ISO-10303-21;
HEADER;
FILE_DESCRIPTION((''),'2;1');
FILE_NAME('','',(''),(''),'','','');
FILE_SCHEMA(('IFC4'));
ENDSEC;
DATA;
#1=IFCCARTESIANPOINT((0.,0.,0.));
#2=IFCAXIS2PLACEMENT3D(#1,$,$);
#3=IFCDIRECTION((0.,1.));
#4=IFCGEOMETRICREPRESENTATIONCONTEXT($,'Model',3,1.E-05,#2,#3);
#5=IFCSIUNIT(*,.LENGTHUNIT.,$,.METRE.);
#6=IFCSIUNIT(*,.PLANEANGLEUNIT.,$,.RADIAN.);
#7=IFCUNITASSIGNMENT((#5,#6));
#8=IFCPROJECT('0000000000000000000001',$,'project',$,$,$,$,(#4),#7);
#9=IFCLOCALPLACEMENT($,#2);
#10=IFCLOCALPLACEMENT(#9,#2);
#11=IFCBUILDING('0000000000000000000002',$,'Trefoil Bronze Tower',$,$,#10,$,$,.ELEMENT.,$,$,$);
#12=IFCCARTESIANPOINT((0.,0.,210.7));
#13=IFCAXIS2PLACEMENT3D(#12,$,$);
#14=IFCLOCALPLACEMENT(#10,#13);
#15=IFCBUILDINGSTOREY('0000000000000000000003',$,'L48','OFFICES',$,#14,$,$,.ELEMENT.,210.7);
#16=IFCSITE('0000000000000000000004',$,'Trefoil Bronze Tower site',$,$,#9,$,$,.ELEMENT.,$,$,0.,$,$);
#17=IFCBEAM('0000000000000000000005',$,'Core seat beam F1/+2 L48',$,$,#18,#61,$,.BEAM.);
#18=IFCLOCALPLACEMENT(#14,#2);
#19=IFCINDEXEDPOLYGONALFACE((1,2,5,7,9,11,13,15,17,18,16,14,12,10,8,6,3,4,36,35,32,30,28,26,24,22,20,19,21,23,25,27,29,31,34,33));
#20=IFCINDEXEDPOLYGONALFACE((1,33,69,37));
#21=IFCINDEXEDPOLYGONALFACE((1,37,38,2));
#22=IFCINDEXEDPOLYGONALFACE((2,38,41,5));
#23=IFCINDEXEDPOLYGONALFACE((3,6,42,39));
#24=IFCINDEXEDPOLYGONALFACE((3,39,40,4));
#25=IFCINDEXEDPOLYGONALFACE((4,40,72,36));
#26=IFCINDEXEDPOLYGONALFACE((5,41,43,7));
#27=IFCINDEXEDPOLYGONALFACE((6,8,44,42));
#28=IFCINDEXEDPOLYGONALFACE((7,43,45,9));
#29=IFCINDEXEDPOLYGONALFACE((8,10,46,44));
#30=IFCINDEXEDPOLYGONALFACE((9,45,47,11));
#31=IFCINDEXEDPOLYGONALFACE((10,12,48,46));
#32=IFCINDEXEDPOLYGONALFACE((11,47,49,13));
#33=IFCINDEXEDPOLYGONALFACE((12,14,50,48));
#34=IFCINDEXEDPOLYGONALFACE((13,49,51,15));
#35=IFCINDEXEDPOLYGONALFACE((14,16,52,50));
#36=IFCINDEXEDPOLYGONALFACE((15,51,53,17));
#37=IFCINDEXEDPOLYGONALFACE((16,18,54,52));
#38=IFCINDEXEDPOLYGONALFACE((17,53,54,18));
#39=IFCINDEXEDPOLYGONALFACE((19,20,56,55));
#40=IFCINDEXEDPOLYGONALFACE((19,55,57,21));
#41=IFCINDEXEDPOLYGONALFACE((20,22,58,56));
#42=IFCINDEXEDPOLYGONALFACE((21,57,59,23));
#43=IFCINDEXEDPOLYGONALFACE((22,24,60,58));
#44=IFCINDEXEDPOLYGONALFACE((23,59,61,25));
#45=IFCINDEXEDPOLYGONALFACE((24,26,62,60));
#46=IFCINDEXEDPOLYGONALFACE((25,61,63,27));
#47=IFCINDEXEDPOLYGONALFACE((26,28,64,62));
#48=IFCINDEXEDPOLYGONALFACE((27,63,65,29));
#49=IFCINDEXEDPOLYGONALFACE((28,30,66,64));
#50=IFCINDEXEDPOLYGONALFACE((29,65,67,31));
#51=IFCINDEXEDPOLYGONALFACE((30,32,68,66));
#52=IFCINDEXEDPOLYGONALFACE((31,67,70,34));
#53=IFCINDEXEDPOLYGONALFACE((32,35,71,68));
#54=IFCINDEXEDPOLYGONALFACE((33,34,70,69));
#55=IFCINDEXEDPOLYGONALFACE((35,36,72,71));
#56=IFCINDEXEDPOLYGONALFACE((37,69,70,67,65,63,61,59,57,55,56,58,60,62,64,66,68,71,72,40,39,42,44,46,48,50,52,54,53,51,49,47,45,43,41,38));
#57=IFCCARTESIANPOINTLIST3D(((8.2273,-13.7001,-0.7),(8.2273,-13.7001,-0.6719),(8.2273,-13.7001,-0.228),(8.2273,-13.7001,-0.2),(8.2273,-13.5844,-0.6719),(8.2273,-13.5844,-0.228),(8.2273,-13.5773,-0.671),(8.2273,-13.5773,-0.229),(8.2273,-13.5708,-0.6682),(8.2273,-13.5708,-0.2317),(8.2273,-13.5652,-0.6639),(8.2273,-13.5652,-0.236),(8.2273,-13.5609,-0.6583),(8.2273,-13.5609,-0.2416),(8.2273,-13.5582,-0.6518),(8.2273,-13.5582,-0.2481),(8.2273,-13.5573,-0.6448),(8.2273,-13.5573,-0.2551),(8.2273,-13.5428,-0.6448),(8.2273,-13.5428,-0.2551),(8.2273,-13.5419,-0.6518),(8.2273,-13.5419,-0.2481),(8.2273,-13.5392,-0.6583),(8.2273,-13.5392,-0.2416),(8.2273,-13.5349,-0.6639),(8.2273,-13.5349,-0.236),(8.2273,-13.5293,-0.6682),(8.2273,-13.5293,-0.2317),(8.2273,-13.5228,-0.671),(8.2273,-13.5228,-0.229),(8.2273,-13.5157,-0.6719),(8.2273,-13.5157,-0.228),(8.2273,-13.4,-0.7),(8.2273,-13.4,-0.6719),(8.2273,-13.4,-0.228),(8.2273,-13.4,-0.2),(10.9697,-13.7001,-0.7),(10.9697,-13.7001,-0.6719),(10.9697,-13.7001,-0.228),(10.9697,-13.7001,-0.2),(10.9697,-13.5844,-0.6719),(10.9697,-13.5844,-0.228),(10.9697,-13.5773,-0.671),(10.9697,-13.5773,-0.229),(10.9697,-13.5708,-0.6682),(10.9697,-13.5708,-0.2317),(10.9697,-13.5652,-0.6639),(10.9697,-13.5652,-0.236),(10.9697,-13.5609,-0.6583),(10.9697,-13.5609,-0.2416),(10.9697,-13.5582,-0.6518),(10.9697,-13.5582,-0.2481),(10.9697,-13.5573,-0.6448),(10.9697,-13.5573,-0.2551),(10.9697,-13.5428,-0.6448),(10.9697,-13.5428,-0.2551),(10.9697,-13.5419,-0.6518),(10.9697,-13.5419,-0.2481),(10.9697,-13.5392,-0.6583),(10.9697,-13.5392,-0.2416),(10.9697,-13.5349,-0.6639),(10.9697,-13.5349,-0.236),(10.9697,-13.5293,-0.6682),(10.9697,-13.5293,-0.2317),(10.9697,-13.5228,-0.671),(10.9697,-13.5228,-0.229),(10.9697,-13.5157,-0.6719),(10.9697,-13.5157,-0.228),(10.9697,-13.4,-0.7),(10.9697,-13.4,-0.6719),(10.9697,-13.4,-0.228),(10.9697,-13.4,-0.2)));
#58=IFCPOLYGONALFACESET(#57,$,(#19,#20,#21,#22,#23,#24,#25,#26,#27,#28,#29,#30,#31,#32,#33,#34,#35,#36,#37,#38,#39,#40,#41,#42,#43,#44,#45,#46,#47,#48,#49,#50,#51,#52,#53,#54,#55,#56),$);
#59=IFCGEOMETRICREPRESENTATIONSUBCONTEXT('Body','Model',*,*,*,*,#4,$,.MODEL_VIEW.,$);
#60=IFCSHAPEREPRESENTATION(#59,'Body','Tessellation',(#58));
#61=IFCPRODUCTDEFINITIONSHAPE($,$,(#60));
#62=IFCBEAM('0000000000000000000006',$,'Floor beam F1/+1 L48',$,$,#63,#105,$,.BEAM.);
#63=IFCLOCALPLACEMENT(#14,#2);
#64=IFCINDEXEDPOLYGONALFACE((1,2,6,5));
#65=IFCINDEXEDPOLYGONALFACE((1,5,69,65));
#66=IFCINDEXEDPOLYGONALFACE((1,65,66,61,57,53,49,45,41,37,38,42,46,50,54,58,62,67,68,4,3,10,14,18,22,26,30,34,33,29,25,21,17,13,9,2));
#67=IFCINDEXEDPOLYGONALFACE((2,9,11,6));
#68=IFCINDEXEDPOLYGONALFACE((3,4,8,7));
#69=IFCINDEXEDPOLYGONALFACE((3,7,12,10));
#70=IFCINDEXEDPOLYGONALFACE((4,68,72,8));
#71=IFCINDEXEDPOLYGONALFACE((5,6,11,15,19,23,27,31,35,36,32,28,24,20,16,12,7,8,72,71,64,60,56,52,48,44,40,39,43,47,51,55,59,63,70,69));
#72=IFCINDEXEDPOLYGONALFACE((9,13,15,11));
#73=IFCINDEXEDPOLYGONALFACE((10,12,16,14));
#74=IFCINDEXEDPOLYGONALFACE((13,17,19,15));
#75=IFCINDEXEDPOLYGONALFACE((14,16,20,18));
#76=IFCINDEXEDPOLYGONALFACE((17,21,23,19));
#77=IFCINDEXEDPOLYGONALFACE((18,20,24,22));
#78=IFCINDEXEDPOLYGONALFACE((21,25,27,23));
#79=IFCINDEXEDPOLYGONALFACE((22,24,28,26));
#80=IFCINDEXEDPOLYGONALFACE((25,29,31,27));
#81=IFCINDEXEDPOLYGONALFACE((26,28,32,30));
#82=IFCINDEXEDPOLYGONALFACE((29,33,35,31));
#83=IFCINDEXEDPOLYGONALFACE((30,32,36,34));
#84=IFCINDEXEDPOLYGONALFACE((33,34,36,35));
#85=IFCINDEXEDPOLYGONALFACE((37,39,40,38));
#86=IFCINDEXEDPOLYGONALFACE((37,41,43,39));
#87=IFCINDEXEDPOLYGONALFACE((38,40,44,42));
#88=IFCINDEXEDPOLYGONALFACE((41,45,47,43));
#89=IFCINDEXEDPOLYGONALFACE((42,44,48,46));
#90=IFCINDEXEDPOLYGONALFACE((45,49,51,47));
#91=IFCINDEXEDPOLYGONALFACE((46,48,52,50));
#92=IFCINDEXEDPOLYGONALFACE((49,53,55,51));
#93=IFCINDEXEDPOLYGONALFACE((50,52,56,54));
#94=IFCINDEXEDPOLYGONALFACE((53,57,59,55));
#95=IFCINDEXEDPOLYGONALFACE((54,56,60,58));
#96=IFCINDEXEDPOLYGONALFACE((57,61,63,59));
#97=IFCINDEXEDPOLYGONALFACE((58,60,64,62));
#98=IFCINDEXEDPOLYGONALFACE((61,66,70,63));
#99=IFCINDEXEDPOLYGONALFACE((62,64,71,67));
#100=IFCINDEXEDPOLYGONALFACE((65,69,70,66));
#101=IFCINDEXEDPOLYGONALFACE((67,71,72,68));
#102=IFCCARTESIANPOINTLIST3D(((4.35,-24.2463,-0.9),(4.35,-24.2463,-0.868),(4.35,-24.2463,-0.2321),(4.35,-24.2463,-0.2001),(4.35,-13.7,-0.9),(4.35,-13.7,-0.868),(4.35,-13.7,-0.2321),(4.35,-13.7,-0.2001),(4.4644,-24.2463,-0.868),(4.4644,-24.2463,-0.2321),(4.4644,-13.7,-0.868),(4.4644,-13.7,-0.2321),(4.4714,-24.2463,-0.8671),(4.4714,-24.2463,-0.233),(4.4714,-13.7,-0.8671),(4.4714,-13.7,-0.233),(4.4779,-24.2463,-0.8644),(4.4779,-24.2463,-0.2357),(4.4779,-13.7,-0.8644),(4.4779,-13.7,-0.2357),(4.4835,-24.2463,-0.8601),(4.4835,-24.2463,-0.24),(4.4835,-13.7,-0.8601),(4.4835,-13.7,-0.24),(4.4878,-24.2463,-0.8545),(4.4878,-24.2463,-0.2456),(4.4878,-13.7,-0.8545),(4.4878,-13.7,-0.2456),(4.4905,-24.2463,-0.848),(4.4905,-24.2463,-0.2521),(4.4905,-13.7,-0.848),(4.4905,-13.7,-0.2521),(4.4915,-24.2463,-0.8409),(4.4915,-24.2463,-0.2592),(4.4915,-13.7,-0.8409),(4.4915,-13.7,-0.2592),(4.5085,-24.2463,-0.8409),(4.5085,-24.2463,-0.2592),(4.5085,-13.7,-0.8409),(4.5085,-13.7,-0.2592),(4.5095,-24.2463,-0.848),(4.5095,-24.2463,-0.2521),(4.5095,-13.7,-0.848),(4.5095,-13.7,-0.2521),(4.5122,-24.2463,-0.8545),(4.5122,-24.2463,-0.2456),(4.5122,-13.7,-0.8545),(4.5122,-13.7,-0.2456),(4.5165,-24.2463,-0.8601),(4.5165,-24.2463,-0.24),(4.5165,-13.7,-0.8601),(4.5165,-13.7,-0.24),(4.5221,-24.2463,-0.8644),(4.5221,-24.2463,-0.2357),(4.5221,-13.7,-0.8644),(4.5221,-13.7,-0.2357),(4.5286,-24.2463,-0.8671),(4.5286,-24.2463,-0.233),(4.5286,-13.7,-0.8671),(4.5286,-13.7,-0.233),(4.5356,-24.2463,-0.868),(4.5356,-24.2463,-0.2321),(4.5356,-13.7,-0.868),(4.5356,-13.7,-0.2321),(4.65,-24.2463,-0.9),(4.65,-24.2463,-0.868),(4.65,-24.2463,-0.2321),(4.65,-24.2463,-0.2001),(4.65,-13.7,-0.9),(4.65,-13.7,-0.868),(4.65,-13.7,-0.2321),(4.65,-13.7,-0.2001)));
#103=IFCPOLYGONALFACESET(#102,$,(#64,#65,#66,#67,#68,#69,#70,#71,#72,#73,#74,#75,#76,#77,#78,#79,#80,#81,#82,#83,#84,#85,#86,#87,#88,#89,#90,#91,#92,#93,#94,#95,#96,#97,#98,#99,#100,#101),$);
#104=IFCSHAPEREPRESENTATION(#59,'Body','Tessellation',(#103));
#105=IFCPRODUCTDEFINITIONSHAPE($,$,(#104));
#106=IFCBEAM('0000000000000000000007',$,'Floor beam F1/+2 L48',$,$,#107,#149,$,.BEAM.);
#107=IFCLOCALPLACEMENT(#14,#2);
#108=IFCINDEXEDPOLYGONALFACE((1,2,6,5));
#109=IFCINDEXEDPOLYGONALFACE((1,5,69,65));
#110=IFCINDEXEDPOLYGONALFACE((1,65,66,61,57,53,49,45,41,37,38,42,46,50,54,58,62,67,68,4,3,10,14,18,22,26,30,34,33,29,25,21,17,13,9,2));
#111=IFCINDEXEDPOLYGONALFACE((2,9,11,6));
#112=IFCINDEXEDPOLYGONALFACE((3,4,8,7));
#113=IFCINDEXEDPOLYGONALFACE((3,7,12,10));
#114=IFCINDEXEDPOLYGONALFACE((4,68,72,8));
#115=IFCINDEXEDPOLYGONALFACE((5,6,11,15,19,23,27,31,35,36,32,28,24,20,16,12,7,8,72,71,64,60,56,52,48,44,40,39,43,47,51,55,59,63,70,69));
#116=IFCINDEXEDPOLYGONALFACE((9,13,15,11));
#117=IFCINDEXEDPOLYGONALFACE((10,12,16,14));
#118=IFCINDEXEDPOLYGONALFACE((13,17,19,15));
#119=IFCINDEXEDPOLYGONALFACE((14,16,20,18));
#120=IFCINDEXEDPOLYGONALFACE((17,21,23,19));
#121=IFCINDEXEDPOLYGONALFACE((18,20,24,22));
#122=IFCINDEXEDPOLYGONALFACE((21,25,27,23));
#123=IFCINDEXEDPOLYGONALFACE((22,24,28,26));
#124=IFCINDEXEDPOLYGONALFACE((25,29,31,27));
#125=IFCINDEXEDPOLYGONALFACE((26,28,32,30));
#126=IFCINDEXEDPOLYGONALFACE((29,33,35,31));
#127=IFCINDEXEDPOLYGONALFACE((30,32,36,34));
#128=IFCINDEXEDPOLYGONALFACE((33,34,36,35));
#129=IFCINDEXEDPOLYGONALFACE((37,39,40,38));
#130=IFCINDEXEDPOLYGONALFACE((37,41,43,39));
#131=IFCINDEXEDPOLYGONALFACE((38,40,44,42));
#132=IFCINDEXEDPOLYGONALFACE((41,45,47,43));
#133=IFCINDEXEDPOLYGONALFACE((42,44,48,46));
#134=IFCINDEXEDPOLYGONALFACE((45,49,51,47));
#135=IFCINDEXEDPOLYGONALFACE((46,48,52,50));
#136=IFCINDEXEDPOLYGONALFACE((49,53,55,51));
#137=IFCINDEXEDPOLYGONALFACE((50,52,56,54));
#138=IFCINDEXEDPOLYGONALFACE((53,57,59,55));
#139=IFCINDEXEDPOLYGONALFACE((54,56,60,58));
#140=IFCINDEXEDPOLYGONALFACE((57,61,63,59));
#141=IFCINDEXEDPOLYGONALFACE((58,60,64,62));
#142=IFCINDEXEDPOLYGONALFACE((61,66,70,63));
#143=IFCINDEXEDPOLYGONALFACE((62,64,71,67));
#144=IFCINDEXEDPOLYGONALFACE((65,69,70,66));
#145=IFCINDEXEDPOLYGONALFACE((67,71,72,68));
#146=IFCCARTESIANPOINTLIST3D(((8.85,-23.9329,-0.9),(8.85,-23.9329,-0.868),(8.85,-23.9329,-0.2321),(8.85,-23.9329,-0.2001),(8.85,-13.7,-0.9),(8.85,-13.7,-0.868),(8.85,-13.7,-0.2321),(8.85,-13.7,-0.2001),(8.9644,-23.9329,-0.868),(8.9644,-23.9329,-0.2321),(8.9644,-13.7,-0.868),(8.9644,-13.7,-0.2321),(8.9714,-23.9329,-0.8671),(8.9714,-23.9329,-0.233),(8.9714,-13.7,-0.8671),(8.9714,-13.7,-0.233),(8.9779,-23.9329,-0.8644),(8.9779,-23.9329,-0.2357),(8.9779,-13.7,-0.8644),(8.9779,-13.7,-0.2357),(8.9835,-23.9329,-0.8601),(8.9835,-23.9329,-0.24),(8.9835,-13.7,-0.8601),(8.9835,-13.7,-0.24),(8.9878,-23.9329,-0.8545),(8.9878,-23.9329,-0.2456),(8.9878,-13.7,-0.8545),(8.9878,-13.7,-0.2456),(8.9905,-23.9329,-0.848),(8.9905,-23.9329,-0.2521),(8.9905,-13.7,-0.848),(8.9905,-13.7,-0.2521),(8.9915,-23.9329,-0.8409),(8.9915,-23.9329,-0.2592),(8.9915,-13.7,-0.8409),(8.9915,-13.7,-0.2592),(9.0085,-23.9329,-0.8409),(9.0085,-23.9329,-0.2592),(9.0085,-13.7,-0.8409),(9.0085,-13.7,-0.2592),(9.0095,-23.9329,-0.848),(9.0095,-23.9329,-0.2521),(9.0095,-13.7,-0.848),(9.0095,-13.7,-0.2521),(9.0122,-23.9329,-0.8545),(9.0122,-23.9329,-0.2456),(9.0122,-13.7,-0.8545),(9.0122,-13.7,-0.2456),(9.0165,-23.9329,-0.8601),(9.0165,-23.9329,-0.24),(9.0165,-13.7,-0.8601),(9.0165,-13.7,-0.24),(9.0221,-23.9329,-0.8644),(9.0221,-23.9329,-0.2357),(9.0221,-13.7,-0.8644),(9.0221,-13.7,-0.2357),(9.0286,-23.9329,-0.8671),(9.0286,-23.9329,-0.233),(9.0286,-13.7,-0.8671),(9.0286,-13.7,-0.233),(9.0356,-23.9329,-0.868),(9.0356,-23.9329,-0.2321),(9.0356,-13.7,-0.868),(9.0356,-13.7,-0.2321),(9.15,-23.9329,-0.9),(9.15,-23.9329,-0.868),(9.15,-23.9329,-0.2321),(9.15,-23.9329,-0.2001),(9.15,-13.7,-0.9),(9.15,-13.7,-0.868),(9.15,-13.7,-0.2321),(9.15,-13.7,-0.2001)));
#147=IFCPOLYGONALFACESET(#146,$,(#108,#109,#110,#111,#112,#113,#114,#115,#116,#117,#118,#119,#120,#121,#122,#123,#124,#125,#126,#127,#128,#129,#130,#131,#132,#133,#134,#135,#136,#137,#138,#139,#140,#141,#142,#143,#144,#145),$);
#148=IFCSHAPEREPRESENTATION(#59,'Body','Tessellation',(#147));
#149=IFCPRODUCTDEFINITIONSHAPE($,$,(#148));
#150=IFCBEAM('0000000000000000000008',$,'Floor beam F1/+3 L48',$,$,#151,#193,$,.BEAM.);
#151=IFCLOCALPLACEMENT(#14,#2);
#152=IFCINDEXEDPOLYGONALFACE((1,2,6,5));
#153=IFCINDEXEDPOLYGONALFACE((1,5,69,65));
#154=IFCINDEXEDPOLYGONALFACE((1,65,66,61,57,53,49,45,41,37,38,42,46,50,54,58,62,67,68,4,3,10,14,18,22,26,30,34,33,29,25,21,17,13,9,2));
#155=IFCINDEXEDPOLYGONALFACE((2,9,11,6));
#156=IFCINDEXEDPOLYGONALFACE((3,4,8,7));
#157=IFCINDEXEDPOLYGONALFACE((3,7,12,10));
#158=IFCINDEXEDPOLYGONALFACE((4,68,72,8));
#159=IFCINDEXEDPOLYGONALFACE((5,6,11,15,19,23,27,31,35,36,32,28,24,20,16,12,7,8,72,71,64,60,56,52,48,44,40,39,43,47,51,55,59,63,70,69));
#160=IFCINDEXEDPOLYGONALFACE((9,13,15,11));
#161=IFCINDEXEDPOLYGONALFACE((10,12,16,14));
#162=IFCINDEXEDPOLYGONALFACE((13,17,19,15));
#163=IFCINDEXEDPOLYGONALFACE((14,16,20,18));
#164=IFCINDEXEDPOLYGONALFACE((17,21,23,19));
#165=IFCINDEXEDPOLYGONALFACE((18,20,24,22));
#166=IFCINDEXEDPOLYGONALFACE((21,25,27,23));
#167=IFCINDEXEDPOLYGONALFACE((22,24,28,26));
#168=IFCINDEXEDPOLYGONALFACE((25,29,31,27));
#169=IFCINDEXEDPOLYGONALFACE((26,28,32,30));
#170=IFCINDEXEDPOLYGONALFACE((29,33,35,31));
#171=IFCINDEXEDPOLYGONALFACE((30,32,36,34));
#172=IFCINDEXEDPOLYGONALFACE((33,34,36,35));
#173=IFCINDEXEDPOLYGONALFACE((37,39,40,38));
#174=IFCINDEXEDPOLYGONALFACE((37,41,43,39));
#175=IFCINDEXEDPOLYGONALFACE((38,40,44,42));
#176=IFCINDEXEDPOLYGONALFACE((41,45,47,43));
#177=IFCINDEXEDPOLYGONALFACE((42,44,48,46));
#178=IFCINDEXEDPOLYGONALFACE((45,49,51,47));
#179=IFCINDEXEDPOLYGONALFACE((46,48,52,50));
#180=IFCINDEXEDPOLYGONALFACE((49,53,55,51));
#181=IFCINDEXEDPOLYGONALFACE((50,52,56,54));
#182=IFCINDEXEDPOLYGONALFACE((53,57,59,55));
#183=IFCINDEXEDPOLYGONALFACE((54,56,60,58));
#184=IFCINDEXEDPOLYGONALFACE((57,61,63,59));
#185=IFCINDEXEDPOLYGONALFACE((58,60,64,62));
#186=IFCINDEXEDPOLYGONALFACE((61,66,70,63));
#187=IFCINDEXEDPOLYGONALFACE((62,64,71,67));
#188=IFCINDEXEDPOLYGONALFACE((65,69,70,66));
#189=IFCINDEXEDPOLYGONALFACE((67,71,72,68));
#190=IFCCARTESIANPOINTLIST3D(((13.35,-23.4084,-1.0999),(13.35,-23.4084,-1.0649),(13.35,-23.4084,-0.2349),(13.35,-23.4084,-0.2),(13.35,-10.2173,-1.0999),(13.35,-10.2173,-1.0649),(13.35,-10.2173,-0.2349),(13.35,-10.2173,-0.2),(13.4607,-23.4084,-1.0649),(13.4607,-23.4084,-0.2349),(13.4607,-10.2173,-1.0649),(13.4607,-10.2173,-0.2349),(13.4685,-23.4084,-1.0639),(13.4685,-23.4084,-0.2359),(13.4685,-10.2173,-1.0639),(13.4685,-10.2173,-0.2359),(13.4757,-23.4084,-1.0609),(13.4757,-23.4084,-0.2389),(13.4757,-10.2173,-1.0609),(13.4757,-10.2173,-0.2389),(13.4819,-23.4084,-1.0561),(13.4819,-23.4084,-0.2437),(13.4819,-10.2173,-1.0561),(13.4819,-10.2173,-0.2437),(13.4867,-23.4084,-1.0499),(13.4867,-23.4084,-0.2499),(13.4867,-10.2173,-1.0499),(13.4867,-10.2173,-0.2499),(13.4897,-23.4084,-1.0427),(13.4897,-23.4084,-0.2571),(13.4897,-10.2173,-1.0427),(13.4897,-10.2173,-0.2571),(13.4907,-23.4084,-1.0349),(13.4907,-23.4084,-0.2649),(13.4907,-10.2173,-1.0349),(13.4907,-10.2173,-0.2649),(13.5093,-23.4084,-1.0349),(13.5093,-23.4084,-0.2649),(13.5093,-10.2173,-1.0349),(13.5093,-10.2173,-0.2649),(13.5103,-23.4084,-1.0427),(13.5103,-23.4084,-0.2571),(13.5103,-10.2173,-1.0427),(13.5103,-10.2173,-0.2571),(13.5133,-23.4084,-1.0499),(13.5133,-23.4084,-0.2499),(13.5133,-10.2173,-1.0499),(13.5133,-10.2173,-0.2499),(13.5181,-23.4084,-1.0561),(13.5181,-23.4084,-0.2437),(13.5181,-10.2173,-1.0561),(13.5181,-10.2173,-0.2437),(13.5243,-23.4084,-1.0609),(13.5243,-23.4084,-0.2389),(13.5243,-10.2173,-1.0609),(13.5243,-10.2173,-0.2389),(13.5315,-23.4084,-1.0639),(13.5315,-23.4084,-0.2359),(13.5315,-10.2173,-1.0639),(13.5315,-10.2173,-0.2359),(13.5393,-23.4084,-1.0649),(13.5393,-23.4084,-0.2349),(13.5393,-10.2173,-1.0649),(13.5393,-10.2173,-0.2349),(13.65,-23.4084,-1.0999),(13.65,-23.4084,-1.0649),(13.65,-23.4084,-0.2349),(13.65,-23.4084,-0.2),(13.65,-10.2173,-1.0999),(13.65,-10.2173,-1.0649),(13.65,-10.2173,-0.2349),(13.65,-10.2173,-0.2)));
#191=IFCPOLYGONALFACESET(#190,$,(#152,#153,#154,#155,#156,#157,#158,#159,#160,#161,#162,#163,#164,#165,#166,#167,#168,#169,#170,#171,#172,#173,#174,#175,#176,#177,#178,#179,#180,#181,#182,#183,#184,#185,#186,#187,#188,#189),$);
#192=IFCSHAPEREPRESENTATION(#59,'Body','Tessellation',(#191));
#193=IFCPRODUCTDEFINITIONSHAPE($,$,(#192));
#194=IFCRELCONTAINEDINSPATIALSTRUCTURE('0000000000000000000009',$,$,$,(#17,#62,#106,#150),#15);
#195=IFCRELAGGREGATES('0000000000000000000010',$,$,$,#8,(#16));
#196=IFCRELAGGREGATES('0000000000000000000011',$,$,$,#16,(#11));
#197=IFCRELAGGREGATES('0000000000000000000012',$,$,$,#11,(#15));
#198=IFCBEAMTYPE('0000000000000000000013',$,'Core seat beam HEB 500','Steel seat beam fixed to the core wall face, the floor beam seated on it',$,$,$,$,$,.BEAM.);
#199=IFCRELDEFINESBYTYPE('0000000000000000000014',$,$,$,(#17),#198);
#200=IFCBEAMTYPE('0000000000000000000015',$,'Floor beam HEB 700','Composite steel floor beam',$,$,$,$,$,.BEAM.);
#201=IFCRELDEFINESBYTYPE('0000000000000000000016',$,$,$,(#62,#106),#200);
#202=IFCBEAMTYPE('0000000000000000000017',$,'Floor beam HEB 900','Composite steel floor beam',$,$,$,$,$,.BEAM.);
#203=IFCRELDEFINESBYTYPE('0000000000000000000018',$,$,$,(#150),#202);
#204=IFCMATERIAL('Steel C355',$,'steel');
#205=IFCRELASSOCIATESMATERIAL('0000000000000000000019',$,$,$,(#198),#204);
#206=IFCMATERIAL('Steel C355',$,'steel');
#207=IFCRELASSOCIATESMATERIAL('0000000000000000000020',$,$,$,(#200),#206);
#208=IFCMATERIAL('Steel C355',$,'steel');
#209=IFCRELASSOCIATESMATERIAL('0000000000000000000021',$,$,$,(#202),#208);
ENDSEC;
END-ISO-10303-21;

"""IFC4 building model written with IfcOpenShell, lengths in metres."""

from ifc_helpers import new_model, si_unit, direction, frame, origin, origin_2d, place, context, subcontext, project, spatial, i_section, extrude, material, material_profile, profile_set, type_object, element, save


model = new_model("IFC4")

# Units and contexts
model_context = context("Model", 3, precision=1e-05, world=origin(), true_north=direction((0.0, 1.0)))
body_context = subcontext(model_context, "Body", "Model", "MODEL_VIEW")
ifc_project = project(units=[si_unit("LENGTHUNIT", "METRE"), si_unit("PLANEANGLEUNIT", "RADIAN")], contexts=[model_context])

# Site, building, storey
site_placement = place(None, origin())
site = spatial("IfcSite", under=ifc_project, at=site_placement, Name="Trefoil Bronze Tower site", CompositionType="ELEMENT", RefElevation=0.0)
building_placement = place(site_placement, origin())
building = spatial("IfcBuilding", under=site, at=building_placement, Name="Trefoil Bronze Tower", CompositionType="ELEMENT")
storey_placement = place(building_placement, frame((0.0, 0.0, 210.7)))
storey = spatial("IfcBuildingStorey", under=building, at=storey_placement, Name="L48", Description="OFFICES", CompositionType="ELEMENT", Elevation=210.7)

# Beams
ifc_material_1 = material(Name="Steel C355", Category="steel")
ifc_material_profile_1 = material_profile(ifc_material_1, i_section(OverallWidth=0.3, OverallDepth=0.5, WebThickness=0.0144, FlangeThickness=0.0281, FilletRadius=0.0271, at=origin_2d()), Name="HEB 500")
ifc_profile_set_1 = profile_set([ifc_material_profile_1], Name="Steel C355")
beam_type_1 = type_object("IfcBeamType", Name="Core seat beam HEB 500", Description="Steel seat beam fixed to the core wall face, the floor beam seated on it", PredefinedType="BEAM", material=ifc_profile_set_1)
for number, where, z_axis, x_axis, name in (
    (1, (8.2273, -13.55, -0.45), (1.0, 0.0, 0.0), (0.0, 1.0, 0.0), "Core seat beam F1/+2 L48"),
):
    element("IfcBeam", number, at=place(storey_placement, frame(where, z_axis=z_axis, x_axis=x_axis)), inside=storey, type_object=beam_type_1, Name=name, PredefinedType="BEAM", context=body_context, shape_type="SweptSolid", body=[
        extrude(i_section(OverallWidth=0.3, OverallDepth=0.5, WebThickness=0.0144, FlangeThickness=0.0281, FilletRadius=0.0271, at=origin_2d()), origin(), (0.0, 0.0, 1.0), 2.7424),
    ])
ifc_material_2 = material(Name="Steel C355", Category="steel")
ifc_material_profile_2 = material_profile(ifc_material_2, i_section(OverallWidth=0.3, OverallDepth=0.7, WebThickness=0.0171, FlangeThickness=0.032, FilletRadius=0.0271, at=origin_2d()), Name="HEB 700")
ifc_profile_set_2 = profile_set([ifc_material_profile_2], Name="Steel C355")
beam_type_2 = type_object("IfcBeamType", Name="Floor beam HEB 700", Description="Composite steel floor beam", PredefinedType="BEAM", material=ifc_profile_set_2)
beam_1_placement = place(storey_placement, frame((4.5, -24.2463, -0.55), z_axis=(0.0, 1.0, 0.0), x_axis=(-1.0, 0.0, 0.0)))
element("IfcBeam", 2, at=beam_1_placement, inside=storey, type_object=beam_type_2, Name="Floor beam F1/+1 L48", PredefinedType="BEAM", context=body_context, shape_type="SweptSolid", body=[
    extrude(i_section(OverallWidth=0.3, OverallDepth=0.7, WebThickness=0.0171, FlangeThickness=0.032, FilletRadius=0.0271, at=origin_2d()), origin(), (0.0, 0.0, 1.0), 10.5464),
])
beam_2_placement = place(storey_placement, frame((9.0, -23.9329, -0.55), z_axis=(0.0, 1.0, 0.0), x_axis=(-1.0, 0.0, 0.0)))
element("IfcBeam", 3, at=beam_2_placement, inside=storey, type_object=beam_type_2, Name="Floor beam F1/+2 L48", PredefinedType="BEAM", context=body_context, shape_type="SweptSolid", body=[
    extrude(i_section(OverallWidth=0.3, OverallDepth=0.7, WebThickness=0.0171, FlangeThickness=0.032, FilletRadius=0.0271, at=origin_2d()), origin(), (0.0, 0.0, 1.0), 10.2329),
])
ifc_material_3 = material(Name="Steel C355", Category="steel")
ifc_material_profile_3 = material_profile(ifc_material_3, i_section(OverallWidth=0.3, OverallDepth=0.8999, WebThickness=0.0186, FlangeThickness=0.0349, FilletRadius=0.03, at=origin_2d()), Name="HEB 900")
ifc_profile_set_3 = profile_set([ifc_material_profile_3], Name="Steel C355")
beam_type_3 = type_object("IfcBeamType", Name="Floor beam HEB 900", Description="Composite steel floor beam", PredefinedType="BEAM", material=ifc_profile_set_3)
beam_3_placement = place(storey_placement, frame((13.5, -23.4084, -0.6499), z_axis=(0.0, 1.0, 0.0), x_axis=(-1.0, 0.0, 0.0)))
element("IfcBeam", 4, at=beam_3_placement, inside=storey, type_object=beam_type_3, Name="Floor beam F1/+3 L48", PredefinedType="BEAM", context=body_context, shape_type="SweptSolid", body=[
    extrude(i_section(OverallWidth=0.3, OverallDepth=0.8999, WebThickness=0.0186, FlangeThickness=0.0349, FilletRadius=0.03, at=origin_2d()), origin(), (0.0, 0.0, 1.0), 13.1912),
])

save(model, "model.ifc")
